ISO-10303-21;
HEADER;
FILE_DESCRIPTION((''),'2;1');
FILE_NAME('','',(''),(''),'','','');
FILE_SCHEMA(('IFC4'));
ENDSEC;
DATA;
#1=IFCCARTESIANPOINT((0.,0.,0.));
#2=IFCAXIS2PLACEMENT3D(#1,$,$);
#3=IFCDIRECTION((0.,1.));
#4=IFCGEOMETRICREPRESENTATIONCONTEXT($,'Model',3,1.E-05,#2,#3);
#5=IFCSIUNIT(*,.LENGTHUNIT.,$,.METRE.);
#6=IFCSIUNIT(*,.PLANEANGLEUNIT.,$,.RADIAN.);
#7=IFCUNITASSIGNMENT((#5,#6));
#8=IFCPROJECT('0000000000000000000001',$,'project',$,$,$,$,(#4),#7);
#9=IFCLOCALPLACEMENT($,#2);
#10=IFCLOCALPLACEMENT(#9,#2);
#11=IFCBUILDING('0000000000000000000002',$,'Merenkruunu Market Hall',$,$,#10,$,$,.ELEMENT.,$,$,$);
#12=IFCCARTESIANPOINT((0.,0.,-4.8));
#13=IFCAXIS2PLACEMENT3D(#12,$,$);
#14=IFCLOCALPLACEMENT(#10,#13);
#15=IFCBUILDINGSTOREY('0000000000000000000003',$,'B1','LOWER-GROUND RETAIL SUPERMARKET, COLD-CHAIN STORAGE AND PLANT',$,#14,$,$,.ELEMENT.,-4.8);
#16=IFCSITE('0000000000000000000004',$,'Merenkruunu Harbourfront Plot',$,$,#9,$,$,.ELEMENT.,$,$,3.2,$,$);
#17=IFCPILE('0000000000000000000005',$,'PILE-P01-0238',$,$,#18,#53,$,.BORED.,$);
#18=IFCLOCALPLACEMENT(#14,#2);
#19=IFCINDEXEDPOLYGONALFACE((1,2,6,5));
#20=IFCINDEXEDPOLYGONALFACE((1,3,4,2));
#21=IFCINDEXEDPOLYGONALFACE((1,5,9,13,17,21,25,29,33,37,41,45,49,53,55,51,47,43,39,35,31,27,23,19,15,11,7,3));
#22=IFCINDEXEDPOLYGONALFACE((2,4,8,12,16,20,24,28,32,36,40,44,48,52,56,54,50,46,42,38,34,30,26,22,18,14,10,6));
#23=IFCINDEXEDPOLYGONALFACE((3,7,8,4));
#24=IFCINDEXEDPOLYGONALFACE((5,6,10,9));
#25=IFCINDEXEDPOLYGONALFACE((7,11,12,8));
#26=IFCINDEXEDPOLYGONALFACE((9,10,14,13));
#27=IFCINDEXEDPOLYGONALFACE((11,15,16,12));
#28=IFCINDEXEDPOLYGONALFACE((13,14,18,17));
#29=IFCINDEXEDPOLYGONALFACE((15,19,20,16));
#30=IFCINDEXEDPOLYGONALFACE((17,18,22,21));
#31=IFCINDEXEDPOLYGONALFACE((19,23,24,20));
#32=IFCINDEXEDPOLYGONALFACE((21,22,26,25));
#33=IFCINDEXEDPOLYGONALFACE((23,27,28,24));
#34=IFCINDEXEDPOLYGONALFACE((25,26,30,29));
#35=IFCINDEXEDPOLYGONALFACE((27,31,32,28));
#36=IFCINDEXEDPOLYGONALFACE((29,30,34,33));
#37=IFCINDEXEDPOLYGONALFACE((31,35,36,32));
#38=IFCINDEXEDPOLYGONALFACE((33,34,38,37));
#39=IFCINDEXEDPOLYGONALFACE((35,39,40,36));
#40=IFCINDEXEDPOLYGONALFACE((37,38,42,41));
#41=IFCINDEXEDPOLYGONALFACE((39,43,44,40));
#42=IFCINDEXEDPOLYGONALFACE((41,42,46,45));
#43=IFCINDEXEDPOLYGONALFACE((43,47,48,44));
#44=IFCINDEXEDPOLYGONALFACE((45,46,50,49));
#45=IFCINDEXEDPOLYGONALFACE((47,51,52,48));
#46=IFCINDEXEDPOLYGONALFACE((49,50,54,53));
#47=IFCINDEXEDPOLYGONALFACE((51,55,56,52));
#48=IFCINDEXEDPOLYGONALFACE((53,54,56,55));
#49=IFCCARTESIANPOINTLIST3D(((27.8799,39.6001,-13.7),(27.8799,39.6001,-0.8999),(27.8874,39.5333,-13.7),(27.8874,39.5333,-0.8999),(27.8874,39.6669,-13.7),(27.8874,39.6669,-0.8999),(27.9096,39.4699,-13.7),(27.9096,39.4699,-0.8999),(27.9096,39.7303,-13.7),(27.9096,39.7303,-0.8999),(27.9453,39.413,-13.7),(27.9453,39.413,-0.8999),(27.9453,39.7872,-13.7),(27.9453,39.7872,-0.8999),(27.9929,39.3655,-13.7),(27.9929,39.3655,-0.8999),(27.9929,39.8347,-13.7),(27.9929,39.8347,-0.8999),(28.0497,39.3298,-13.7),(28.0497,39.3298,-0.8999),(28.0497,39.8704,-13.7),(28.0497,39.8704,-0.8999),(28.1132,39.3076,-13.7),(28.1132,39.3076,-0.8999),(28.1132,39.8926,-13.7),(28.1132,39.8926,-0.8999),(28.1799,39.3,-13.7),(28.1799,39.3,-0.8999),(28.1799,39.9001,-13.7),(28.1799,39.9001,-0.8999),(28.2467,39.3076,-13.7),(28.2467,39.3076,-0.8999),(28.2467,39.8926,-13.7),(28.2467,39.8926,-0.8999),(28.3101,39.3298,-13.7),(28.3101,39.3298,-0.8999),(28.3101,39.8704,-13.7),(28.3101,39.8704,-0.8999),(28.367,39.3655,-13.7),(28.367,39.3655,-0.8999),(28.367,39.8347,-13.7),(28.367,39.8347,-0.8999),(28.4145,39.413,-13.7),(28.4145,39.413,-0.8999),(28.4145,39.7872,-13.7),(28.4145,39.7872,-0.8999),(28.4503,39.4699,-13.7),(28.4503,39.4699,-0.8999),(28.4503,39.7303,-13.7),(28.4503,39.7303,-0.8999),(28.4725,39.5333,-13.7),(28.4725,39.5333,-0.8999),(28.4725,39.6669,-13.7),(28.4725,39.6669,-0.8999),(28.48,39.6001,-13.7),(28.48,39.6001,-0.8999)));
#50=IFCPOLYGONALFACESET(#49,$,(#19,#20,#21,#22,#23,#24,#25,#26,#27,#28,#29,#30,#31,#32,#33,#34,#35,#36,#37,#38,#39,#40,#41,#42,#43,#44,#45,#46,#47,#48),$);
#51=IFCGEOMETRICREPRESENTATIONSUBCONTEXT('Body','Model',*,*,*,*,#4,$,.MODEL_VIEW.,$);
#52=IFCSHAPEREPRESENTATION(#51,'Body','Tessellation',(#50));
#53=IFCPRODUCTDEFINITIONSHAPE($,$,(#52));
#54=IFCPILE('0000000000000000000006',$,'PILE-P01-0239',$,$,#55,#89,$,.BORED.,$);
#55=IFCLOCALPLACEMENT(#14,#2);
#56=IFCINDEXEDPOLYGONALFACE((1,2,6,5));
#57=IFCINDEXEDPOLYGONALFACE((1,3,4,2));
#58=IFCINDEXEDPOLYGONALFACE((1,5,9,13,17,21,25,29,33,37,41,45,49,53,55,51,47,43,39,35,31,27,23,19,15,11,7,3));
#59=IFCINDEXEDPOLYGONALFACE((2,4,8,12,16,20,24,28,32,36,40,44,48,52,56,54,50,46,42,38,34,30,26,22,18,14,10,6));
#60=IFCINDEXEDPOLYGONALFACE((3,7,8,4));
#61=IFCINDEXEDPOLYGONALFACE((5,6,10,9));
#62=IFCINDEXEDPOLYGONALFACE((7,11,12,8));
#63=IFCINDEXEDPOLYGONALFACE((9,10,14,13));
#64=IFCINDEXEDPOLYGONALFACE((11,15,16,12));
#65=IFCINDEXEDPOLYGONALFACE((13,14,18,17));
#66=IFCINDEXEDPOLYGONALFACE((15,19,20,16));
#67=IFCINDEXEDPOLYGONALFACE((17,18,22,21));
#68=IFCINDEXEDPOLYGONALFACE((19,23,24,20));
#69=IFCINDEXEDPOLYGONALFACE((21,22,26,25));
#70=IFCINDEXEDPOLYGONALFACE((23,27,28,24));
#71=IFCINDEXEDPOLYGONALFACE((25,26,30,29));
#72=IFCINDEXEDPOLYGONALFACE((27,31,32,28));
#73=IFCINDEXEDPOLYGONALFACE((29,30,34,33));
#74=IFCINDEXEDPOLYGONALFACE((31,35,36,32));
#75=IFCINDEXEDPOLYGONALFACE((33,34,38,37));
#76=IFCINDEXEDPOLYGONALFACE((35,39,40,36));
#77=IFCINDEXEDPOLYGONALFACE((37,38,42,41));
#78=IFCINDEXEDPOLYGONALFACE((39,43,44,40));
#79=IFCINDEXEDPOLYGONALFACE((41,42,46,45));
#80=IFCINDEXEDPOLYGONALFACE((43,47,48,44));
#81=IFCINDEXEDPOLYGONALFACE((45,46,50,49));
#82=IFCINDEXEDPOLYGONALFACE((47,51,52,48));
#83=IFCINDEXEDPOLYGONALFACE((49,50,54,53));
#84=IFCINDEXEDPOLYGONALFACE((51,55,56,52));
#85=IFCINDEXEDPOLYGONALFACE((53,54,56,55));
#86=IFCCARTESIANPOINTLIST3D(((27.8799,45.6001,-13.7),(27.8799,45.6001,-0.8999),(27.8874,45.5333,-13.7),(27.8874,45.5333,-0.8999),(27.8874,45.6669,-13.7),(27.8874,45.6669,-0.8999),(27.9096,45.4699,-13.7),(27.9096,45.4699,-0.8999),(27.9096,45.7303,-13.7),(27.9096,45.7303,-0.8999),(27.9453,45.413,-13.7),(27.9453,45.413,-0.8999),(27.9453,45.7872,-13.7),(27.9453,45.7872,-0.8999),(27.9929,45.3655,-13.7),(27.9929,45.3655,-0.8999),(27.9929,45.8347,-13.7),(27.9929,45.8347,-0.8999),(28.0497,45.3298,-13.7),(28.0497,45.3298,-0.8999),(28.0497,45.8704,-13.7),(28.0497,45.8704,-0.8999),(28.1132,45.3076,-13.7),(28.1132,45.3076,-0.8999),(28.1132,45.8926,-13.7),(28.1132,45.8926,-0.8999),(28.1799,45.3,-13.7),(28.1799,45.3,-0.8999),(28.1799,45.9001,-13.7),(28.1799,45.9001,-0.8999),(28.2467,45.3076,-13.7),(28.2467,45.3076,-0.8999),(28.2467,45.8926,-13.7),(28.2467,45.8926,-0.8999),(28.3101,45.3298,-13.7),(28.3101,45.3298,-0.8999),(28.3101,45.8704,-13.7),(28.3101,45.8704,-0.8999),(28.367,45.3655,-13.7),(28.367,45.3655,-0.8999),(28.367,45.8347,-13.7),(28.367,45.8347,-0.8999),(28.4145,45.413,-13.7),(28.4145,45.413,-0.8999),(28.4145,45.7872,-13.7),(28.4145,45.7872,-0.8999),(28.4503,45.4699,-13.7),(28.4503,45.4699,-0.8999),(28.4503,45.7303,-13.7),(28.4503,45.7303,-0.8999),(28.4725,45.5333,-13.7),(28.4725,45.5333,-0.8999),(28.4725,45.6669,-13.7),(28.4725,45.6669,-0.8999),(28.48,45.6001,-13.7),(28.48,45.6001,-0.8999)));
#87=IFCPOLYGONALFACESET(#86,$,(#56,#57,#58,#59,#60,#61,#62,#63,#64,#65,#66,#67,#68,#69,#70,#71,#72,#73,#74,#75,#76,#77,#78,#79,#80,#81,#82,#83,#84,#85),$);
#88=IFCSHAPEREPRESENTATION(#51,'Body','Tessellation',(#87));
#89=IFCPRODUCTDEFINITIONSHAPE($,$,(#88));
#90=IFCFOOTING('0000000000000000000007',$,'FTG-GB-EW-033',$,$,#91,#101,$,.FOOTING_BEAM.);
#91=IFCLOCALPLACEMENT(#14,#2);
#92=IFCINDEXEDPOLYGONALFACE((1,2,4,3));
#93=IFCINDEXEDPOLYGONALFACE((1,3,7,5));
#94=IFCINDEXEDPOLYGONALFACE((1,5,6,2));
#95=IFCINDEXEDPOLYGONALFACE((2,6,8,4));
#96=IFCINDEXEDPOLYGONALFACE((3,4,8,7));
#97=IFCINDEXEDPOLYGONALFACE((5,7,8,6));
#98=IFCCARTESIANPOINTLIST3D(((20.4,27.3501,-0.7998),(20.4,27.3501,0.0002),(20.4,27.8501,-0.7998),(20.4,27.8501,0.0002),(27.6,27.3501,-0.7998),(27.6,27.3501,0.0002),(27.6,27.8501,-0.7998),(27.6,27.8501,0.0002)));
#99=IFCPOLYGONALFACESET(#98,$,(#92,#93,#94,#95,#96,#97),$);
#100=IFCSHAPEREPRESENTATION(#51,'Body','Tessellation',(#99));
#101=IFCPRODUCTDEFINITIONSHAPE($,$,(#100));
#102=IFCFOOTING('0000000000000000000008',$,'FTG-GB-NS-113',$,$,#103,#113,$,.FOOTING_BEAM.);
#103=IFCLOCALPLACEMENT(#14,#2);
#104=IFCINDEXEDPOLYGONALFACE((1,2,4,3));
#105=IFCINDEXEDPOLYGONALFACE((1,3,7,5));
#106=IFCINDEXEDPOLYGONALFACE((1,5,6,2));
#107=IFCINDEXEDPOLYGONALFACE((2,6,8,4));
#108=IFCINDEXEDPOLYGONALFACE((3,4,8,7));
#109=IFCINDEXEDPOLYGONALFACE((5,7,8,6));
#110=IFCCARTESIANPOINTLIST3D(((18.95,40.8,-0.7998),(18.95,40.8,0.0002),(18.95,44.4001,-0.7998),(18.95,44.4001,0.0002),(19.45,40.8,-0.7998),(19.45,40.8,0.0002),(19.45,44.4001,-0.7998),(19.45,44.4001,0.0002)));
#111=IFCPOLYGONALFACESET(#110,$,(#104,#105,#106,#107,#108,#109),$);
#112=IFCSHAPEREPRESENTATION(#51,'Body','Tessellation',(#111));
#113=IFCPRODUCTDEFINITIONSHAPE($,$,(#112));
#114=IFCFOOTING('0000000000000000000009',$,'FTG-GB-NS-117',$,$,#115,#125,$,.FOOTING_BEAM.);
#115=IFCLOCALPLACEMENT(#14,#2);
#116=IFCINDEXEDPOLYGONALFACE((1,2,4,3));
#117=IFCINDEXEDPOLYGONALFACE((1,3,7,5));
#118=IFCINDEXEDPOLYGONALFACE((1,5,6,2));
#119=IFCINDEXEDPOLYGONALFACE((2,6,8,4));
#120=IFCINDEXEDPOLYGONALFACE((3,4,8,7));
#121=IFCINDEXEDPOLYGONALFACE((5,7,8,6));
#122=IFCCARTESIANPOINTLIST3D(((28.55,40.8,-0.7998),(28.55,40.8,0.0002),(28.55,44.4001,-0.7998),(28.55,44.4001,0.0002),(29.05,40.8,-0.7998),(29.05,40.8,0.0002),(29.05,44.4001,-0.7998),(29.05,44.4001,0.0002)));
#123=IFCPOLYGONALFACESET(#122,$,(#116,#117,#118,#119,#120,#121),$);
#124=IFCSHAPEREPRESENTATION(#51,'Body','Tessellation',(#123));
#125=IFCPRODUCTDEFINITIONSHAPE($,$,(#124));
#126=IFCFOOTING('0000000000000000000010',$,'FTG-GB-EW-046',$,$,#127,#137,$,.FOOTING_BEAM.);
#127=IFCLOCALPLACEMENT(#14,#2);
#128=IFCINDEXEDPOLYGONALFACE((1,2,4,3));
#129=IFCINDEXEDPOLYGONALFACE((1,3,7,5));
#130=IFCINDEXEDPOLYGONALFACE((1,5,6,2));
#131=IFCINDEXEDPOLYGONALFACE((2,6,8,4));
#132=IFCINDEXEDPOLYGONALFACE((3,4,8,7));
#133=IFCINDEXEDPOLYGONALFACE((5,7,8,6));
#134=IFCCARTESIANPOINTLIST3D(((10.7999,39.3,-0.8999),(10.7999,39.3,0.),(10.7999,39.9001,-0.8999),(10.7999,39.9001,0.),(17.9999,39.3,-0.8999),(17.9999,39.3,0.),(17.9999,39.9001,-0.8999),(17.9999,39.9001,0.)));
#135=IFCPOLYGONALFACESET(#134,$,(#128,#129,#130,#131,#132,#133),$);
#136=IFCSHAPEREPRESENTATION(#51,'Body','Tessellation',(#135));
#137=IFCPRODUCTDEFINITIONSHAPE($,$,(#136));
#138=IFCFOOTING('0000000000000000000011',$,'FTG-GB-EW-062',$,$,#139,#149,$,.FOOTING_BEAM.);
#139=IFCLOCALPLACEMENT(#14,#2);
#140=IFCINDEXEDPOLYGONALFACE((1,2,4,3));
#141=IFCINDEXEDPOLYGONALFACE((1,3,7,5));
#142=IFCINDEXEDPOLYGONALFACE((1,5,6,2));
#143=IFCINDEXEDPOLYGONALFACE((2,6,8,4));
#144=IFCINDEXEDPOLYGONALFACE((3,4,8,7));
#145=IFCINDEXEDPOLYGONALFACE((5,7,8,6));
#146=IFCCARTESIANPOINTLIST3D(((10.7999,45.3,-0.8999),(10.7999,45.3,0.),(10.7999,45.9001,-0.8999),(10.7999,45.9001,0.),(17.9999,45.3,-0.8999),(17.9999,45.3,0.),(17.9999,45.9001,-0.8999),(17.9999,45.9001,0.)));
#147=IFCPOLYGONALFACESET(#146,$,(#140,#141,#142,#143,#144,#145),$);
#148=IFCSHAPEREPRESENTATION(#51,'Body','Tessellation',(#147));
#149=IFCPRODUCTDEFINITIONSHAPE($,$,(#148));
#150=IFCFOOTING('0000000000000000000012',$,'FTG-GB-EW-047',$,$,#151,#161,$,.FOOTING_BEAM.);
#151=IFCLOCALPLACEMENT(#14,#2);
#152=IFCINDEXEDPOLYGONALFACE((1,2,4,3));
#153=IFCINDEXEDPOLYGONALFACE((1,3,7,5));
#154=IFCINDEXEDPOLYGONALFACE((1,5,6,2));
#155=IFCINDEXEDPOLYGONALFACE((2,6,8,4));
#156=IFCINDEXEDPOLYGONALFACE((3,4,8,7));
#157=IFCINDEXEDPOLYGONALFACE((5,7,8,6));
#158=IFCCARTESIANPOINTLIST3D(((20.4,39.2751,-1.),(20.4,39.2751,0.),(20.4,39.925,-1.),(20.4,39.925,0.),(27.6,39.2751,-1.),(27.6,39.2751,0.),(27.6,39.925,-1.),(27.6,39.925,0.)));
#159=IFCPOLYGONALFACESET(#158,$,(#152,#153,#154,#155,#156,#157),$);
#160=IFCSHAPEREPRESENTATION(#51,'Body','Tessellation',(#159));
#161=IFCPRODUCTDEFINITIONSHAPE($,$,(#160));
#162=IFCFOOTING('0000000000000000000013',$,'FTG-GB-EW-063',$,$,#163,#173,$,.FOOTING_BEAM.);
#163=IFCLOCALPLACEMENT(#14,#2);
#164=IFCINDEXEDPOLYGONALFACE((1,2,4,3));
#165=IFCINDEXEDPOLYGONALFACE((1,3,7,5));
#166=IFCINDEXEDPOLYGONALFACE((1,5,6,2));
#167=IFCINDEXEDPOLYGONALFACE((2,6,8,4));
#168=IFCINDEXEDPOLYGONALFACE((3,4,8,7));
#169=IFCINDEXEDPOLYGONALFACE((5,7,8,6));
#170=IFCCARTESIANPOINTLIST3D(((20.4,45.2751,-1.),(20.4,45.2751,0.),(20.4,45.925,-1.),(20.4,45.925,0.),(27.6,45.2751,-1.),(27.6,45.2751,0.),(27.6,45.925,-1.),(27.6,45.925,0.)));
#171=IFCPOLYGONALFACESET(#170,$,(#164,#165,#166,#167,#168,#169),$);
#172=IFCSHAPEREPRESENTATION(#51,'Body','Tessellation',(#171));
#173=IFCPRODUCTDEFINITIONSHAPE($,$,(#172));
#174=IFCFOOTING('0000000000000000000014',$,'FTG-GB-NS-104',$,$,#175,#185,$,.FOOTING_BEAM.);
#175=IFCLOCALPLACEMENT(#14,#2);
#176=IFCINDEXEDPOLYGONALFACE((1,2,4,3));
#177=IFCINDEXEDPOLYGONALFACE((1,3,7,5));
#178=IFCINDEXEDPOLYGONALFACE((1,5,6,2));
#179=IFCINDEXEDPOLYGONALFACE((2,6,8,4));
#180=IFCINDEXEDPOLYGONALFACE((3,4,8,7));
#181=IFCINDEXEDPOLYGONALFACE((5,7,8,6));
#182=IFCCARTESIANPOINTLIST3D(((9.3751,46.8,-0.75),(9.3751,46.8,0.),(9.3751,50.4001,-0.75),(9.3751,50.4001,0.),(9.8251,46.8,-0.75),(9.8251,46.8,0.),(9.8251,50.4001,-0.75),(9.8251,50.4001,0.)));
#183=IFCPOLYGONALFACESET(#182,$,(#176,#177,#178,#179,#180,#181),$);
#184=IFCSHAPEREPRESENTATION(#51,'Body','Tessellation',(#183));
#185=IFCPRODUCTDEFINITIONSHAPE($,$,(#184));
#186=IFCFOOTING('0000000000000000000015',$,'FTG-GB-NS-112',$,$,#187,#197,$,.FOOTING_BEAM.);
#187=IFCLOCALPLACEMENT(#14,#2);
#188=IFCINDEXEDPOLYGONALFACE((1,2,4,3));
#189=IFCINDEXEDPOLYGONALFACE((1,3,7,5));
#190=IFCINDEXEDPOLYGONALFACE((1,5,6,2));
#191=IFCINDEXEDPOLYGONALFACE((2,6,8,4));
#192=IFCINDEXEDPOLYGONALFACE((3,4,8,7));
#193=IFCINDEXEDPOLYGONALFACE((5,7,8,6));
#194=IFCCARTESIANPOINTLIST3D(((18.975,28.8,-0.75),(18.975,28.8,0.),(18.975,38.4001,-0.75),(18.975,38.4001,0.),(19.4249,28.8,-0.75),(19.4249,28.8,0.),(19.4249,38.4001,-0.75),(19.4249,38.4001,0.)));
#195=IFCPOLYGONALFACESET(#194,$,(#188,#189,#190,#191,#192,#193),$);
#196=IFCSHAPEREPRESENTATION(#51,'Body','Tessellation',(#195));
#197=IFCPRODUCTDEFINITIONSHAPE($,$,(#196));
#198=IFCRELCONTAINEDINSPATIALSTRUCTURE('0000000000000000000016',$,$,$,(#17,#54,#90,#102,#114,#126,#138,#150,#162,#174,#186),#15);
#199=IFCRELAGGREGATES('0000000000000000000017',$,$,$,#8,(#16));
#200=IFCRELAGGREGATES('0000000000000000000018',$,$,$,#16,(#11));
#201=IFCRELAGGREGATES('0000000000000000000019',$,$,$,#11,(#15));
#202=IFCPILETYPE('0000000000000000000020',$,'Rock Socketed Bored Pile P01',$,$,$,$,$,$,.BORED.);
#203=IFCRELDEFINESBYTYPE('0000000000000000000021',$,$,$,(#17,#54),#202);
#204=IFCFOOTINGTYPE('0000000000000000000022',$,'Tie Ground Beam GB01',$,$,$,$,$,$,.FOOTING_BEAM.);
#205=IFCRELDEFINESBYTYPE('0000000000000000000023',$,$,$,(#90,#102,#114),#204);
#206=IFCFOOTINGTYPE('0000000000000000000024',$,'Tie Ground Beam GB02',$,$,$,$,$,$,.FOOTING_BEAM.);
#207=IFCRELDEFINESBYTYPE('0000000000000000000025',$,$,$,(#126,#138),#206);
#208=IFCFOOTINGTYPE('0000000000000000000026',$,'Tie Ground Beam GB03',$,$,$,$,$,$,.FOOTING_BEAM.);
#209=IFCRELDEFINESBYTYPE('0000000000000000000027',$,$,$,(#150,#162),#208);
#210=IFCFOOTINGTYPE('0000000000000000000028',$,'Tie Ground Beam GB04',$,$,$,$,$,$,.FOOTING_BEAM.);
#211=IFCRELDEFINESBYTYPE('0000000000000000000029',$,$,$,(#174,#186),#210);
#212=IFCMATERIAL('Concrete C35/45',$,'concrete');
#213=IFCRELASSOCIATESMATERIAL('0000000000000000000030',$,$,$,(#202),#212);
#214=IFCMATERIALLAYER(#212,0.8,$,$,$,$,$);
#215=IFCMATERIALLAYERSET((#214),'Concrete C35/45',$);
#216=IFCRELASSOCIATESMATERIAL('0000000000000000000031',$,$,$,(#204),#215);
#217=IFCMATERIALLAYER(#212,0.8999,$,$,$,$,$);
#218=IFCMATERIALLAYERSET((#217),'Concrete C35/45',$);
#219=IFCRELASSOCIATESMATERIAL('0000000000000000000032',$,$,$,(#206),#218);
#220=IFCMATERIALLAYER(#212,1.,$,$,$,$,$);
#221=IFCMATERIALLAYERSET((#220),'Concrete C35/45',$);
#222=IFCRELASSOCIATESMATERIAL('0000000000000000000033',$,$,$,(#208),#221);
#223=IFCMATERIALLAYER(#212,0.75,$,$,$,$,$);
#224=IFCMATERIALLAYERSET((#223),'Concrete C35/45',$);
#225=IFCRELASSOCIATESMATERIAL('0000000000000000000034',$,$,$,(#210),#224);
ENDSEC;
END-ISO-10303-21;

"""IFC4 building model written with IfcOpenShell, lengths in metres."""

from ifc_helpers import new_model, si_unit, direction, frame, origin, origin_2d, place, context, subcontext, project, spatial, rectangle, circle, extrude, material, layer, layer_set, material_profile, profile_set, type_object, element, save


model = new_model("IFC4")

# Units and contexts
model_context = context("Model", 3, precision=1e-05, world=origin(), true_north=direction((0.0, 1.0)))
body_context = subcontext(model_context, "Body", "Model", "MODEL_VIEW")
ifc_project = project(units=[si_unit("LENGTHUNIT", "METRE"), si_unit("PLANEANGLEUNIT", "RADIAN")], contexts=[model_context])

# Site, building, storey
site_placement = place(None, origin())
site = spatial("IfcSite", under=ifc_project, at=site_placement, Name="Merenkruunu Harbourfront Plot", CompositionType="ELEMENT", RefElevation=3.2)
building_placement = place(site_placement, origin())
building = spatial("IfcBuilding", under=site, at=building_placement, Name="Merenkruunu Market Hall", CompositionType="ELEMENT")
storey_placement = place(building_placement, frame((0.0, 0.0, -4.8)))
storey = spatial("IfcBuildingStorey", under=building, at=storey_placement, Name="B1", Description="LOWER-GROUND RETAIL SUPERMARKET, COLD-CHAIN STORAGE AND PLANT", CompositionType="ELEMENT", Elevation=-4.8)

# Shared definitions
ifc_material = material(Name="Concrete C35/45", Category="concrete")

# Piles
ifc_material_profile_1 = material_profile(ifc_material, circle(Radius=0.3, at=origin_2d()), Name="BORED PILE 600")
ifc_profile_set_1 = profile_set([ifc_material_profile_1], Name="Concrete C35/45")
pile_type = type_object("IfcPileType", Name="Rock Socketed Bored Pile P01", PredefinedType="BORED", material=ifc_profile_set_1)
for number, where, z_axis, x_axis, name in (
    (1, (28.1799, 39.6001, -0.8999), (0.0, 0.0, -1.0), (1.0, 0.0, 0.0), "PILE-P01-0238"),
    (2, (28.1799, 45.6001, -0.8999), (0.0, 0.0, -1.0), (1.0, 0.0, 0.0), "PILE-P01-0239"),
):
    element("IfcPile", number, at=place(storey_placement, frame(where, z_axis=z_axis, x_axis=x_axis)), inside=storey, type_object=pile_type, Name=name, PredefinedType="BORED", context=body_context, shape_type="SweptSolid", body=[
        extrude(circle(Radius=0.3, at=origin_2d()), origin(), (0.0, 0.0, 1.0), 12.8),
    ])

# Footings
ifc_layer_1 = layer(ifc_material, 0.8)
ifc_layer_set_1 = layer_set([ifc_layer_1], Name="Concrete C35/45")
footing_type_1 = type_object("IfcFootingType", Name="Tie Ground Beam GB01", PredefinedType="FOOTING_BEAM", material=ifc_layer_set_1)
footing_1_placement = place(storey_placement, frame((24.0, 27.6001, -0.7998), z_axis=(0.0, 0.0, 1.0), x_axis=(1.0, 0.0, 0.0)))
element("IfcFooting", 3, at=footing_1_placement, inside=storey, type_object=footing_type_1, Name="FTG-GB-EW-033", PredefinedType="FOOTING_BEAM", context=body_context, shape_type="SweptSolid", body=[
    extrude(rectangle(XDim=7.2, YDim=0.5, at=origin_2d()), origin(), (0.0, 0.0, 1.0), 0.8),
])
for number, where, z_axis, x_axis, name in (
    (4, (19.2, 42.6001, -0.7998), (0.0, 0.0, 1.0), (0.0, 1.0, 0.0), "FTG-GB-NS-113"),
    (5, (28.8, 42.6001, -0.7998), (0.0, 0.0, 1.0), (0.0, 1.0, 0.0), "FTG-GB-NS-117"),
):
    element("IfcFooting", number, at=place(storey_placement, frame(where, z_axis=z_axis, x_axis=x_axis)), inside=storey, type_object=footing_type_1, Name=name, PredefinedType="FOOTING_BEAM", context=body_context, shape_type="SweptSolid", body=[
        extrude(rectangle(XDim=3.6001, YDim=0.5, at=origin_2d()), origin(), (0.0, 0.0, 1.0), 0.8),
    ])
ifc_layer_2 = layer(ifc_material, 0.8999)
ifc_layer_set_2 = layer_set([ifc_layer_2], Name="Concrete C35/45")
footing_type_2 = type_object("IfcFootingType", Name="Tie Ground Beam GB02", PredefinedType="FOOTING_BEAM", material=ifc_layer_set_2)
for number, where, z_axis, x_axis, name in (
    (6, (14.3999, 39.6001, -0.8999), (0.0, 0.0, 1.0), (1.0, 0.0, 0.0), "FTG-GB-EW-046"),
    (7, (14.3999, 45.6001, -0.8999), (0.0, 0.0, 1.0), (1.0, 0.0, 0.0), "FTG-GB-EW-062"),
):
    element("IfcFooting", number, at=place(storey_placement, frame(where, z_axis=z_axis, x_axis=x_axis)), inside=storey, type_object=footing_type_2, Name=name, PredefinedType="FOOTING_BEAM", context=body_context, shape_type="SweptSolid", body=[
        extrude(rectangle(XDim=7.2, YDim=0.6001, at=origin_2d()), origin(), (0.0, 0.0, 1.0), 0.8999),
    ])
ifc_layer_3 = layer(ifc_material, 1.0)
ifc_layer_set_3 = layer_set([ifc_layer_3], Name="Concrete C35/45")
footing_type_3 = type_object("IfcFootingType", Name="Tie Ground Beam GB03", PredefinedType="FOOTING_BEAM", material=ifc_layer_set_3)
for number, where, z_axis, x_axis, name in (
    (8, (24.0, 39.6001, -1.0), (0.0, 0.0, 1.0), (1.0, 0.0, 0.0), "FTG-GB-EW-047"),
    (9, (24.0, 45.6001, -1.0), (0.0, 0.0, 1.0), (1.0, 0.0, 0.0), "FTG-GB-EW-063"),
):
    element("IfcFooting", number, at=place(storey_placement, frame(where, z_axis=z_axis, x_axis=x_axis)), inside=storey, type_object=footing_type_3, Name=name, PredefinedType="FOOTING_BEAM", context=body_context, shape_type="SweptSolid", body=[
        extrude(rectangle(XDim=7.2, YDim=0.6499, at=origin_2d()), origin(), (0.0, 0.0, 1.0), 1.0),
    ])
ifc_layer_4 = layer(ifc_material, 0.75)
ifc_layer_set_4 = layer_set([ifc_layer_4], Name="Concrete C35/45")
footing_type_4 = type_object("IfcFootingType", Name="Tie Ground Beam GB04", PredefinedType="FOOTING_BEAM", material=ifc_layer_set_4)
footing_2_placement = place(storey_placement, frame((9.6001, 48.6001, -0.75), z_axis=(0.0, 0.0, 1.0), x_axis=(0.0, 1.0, 0.0)))
element("IfcFooting", 10, at=footing_2_placement, inside=storey, type_object=footing_type_4, Name="FTG-GB-NS-104", PredefinedType="FOOTING_BEAM", context=body_context, shape_type="SweptSolid", body=[
    extrude(rectangle(XDim=3.6001, YDim=0.45, at=origin_2d()), origin(), (0.0, 0.0, 1.0), 0.75),
])
for number, where, z_axis, x_axis, name in (
    (11, (19.2, 33.6001, -0.75), (0.0, 0.0, 1.0), (0.0, 1.0, 0.0), "FTG-GB-NS-112"),
):
    element("IfcFooting", number, at=place(storey_placement, frame(where, z_axis=z_axis, x_axis=x_axis)), inside=storey, type_object=footing_type_4, Name=name, PredefinedType="FOOTING_BEAM", context=body_context, shape_type="SweptSolid", body=[
        extrude(rectangle(XDim=9.6001, YDim=0.45, at=origin_2d()), origin(), (0.0, 0.0, 1.0), 0.75),
    ])

save(model, "model.ifc")
